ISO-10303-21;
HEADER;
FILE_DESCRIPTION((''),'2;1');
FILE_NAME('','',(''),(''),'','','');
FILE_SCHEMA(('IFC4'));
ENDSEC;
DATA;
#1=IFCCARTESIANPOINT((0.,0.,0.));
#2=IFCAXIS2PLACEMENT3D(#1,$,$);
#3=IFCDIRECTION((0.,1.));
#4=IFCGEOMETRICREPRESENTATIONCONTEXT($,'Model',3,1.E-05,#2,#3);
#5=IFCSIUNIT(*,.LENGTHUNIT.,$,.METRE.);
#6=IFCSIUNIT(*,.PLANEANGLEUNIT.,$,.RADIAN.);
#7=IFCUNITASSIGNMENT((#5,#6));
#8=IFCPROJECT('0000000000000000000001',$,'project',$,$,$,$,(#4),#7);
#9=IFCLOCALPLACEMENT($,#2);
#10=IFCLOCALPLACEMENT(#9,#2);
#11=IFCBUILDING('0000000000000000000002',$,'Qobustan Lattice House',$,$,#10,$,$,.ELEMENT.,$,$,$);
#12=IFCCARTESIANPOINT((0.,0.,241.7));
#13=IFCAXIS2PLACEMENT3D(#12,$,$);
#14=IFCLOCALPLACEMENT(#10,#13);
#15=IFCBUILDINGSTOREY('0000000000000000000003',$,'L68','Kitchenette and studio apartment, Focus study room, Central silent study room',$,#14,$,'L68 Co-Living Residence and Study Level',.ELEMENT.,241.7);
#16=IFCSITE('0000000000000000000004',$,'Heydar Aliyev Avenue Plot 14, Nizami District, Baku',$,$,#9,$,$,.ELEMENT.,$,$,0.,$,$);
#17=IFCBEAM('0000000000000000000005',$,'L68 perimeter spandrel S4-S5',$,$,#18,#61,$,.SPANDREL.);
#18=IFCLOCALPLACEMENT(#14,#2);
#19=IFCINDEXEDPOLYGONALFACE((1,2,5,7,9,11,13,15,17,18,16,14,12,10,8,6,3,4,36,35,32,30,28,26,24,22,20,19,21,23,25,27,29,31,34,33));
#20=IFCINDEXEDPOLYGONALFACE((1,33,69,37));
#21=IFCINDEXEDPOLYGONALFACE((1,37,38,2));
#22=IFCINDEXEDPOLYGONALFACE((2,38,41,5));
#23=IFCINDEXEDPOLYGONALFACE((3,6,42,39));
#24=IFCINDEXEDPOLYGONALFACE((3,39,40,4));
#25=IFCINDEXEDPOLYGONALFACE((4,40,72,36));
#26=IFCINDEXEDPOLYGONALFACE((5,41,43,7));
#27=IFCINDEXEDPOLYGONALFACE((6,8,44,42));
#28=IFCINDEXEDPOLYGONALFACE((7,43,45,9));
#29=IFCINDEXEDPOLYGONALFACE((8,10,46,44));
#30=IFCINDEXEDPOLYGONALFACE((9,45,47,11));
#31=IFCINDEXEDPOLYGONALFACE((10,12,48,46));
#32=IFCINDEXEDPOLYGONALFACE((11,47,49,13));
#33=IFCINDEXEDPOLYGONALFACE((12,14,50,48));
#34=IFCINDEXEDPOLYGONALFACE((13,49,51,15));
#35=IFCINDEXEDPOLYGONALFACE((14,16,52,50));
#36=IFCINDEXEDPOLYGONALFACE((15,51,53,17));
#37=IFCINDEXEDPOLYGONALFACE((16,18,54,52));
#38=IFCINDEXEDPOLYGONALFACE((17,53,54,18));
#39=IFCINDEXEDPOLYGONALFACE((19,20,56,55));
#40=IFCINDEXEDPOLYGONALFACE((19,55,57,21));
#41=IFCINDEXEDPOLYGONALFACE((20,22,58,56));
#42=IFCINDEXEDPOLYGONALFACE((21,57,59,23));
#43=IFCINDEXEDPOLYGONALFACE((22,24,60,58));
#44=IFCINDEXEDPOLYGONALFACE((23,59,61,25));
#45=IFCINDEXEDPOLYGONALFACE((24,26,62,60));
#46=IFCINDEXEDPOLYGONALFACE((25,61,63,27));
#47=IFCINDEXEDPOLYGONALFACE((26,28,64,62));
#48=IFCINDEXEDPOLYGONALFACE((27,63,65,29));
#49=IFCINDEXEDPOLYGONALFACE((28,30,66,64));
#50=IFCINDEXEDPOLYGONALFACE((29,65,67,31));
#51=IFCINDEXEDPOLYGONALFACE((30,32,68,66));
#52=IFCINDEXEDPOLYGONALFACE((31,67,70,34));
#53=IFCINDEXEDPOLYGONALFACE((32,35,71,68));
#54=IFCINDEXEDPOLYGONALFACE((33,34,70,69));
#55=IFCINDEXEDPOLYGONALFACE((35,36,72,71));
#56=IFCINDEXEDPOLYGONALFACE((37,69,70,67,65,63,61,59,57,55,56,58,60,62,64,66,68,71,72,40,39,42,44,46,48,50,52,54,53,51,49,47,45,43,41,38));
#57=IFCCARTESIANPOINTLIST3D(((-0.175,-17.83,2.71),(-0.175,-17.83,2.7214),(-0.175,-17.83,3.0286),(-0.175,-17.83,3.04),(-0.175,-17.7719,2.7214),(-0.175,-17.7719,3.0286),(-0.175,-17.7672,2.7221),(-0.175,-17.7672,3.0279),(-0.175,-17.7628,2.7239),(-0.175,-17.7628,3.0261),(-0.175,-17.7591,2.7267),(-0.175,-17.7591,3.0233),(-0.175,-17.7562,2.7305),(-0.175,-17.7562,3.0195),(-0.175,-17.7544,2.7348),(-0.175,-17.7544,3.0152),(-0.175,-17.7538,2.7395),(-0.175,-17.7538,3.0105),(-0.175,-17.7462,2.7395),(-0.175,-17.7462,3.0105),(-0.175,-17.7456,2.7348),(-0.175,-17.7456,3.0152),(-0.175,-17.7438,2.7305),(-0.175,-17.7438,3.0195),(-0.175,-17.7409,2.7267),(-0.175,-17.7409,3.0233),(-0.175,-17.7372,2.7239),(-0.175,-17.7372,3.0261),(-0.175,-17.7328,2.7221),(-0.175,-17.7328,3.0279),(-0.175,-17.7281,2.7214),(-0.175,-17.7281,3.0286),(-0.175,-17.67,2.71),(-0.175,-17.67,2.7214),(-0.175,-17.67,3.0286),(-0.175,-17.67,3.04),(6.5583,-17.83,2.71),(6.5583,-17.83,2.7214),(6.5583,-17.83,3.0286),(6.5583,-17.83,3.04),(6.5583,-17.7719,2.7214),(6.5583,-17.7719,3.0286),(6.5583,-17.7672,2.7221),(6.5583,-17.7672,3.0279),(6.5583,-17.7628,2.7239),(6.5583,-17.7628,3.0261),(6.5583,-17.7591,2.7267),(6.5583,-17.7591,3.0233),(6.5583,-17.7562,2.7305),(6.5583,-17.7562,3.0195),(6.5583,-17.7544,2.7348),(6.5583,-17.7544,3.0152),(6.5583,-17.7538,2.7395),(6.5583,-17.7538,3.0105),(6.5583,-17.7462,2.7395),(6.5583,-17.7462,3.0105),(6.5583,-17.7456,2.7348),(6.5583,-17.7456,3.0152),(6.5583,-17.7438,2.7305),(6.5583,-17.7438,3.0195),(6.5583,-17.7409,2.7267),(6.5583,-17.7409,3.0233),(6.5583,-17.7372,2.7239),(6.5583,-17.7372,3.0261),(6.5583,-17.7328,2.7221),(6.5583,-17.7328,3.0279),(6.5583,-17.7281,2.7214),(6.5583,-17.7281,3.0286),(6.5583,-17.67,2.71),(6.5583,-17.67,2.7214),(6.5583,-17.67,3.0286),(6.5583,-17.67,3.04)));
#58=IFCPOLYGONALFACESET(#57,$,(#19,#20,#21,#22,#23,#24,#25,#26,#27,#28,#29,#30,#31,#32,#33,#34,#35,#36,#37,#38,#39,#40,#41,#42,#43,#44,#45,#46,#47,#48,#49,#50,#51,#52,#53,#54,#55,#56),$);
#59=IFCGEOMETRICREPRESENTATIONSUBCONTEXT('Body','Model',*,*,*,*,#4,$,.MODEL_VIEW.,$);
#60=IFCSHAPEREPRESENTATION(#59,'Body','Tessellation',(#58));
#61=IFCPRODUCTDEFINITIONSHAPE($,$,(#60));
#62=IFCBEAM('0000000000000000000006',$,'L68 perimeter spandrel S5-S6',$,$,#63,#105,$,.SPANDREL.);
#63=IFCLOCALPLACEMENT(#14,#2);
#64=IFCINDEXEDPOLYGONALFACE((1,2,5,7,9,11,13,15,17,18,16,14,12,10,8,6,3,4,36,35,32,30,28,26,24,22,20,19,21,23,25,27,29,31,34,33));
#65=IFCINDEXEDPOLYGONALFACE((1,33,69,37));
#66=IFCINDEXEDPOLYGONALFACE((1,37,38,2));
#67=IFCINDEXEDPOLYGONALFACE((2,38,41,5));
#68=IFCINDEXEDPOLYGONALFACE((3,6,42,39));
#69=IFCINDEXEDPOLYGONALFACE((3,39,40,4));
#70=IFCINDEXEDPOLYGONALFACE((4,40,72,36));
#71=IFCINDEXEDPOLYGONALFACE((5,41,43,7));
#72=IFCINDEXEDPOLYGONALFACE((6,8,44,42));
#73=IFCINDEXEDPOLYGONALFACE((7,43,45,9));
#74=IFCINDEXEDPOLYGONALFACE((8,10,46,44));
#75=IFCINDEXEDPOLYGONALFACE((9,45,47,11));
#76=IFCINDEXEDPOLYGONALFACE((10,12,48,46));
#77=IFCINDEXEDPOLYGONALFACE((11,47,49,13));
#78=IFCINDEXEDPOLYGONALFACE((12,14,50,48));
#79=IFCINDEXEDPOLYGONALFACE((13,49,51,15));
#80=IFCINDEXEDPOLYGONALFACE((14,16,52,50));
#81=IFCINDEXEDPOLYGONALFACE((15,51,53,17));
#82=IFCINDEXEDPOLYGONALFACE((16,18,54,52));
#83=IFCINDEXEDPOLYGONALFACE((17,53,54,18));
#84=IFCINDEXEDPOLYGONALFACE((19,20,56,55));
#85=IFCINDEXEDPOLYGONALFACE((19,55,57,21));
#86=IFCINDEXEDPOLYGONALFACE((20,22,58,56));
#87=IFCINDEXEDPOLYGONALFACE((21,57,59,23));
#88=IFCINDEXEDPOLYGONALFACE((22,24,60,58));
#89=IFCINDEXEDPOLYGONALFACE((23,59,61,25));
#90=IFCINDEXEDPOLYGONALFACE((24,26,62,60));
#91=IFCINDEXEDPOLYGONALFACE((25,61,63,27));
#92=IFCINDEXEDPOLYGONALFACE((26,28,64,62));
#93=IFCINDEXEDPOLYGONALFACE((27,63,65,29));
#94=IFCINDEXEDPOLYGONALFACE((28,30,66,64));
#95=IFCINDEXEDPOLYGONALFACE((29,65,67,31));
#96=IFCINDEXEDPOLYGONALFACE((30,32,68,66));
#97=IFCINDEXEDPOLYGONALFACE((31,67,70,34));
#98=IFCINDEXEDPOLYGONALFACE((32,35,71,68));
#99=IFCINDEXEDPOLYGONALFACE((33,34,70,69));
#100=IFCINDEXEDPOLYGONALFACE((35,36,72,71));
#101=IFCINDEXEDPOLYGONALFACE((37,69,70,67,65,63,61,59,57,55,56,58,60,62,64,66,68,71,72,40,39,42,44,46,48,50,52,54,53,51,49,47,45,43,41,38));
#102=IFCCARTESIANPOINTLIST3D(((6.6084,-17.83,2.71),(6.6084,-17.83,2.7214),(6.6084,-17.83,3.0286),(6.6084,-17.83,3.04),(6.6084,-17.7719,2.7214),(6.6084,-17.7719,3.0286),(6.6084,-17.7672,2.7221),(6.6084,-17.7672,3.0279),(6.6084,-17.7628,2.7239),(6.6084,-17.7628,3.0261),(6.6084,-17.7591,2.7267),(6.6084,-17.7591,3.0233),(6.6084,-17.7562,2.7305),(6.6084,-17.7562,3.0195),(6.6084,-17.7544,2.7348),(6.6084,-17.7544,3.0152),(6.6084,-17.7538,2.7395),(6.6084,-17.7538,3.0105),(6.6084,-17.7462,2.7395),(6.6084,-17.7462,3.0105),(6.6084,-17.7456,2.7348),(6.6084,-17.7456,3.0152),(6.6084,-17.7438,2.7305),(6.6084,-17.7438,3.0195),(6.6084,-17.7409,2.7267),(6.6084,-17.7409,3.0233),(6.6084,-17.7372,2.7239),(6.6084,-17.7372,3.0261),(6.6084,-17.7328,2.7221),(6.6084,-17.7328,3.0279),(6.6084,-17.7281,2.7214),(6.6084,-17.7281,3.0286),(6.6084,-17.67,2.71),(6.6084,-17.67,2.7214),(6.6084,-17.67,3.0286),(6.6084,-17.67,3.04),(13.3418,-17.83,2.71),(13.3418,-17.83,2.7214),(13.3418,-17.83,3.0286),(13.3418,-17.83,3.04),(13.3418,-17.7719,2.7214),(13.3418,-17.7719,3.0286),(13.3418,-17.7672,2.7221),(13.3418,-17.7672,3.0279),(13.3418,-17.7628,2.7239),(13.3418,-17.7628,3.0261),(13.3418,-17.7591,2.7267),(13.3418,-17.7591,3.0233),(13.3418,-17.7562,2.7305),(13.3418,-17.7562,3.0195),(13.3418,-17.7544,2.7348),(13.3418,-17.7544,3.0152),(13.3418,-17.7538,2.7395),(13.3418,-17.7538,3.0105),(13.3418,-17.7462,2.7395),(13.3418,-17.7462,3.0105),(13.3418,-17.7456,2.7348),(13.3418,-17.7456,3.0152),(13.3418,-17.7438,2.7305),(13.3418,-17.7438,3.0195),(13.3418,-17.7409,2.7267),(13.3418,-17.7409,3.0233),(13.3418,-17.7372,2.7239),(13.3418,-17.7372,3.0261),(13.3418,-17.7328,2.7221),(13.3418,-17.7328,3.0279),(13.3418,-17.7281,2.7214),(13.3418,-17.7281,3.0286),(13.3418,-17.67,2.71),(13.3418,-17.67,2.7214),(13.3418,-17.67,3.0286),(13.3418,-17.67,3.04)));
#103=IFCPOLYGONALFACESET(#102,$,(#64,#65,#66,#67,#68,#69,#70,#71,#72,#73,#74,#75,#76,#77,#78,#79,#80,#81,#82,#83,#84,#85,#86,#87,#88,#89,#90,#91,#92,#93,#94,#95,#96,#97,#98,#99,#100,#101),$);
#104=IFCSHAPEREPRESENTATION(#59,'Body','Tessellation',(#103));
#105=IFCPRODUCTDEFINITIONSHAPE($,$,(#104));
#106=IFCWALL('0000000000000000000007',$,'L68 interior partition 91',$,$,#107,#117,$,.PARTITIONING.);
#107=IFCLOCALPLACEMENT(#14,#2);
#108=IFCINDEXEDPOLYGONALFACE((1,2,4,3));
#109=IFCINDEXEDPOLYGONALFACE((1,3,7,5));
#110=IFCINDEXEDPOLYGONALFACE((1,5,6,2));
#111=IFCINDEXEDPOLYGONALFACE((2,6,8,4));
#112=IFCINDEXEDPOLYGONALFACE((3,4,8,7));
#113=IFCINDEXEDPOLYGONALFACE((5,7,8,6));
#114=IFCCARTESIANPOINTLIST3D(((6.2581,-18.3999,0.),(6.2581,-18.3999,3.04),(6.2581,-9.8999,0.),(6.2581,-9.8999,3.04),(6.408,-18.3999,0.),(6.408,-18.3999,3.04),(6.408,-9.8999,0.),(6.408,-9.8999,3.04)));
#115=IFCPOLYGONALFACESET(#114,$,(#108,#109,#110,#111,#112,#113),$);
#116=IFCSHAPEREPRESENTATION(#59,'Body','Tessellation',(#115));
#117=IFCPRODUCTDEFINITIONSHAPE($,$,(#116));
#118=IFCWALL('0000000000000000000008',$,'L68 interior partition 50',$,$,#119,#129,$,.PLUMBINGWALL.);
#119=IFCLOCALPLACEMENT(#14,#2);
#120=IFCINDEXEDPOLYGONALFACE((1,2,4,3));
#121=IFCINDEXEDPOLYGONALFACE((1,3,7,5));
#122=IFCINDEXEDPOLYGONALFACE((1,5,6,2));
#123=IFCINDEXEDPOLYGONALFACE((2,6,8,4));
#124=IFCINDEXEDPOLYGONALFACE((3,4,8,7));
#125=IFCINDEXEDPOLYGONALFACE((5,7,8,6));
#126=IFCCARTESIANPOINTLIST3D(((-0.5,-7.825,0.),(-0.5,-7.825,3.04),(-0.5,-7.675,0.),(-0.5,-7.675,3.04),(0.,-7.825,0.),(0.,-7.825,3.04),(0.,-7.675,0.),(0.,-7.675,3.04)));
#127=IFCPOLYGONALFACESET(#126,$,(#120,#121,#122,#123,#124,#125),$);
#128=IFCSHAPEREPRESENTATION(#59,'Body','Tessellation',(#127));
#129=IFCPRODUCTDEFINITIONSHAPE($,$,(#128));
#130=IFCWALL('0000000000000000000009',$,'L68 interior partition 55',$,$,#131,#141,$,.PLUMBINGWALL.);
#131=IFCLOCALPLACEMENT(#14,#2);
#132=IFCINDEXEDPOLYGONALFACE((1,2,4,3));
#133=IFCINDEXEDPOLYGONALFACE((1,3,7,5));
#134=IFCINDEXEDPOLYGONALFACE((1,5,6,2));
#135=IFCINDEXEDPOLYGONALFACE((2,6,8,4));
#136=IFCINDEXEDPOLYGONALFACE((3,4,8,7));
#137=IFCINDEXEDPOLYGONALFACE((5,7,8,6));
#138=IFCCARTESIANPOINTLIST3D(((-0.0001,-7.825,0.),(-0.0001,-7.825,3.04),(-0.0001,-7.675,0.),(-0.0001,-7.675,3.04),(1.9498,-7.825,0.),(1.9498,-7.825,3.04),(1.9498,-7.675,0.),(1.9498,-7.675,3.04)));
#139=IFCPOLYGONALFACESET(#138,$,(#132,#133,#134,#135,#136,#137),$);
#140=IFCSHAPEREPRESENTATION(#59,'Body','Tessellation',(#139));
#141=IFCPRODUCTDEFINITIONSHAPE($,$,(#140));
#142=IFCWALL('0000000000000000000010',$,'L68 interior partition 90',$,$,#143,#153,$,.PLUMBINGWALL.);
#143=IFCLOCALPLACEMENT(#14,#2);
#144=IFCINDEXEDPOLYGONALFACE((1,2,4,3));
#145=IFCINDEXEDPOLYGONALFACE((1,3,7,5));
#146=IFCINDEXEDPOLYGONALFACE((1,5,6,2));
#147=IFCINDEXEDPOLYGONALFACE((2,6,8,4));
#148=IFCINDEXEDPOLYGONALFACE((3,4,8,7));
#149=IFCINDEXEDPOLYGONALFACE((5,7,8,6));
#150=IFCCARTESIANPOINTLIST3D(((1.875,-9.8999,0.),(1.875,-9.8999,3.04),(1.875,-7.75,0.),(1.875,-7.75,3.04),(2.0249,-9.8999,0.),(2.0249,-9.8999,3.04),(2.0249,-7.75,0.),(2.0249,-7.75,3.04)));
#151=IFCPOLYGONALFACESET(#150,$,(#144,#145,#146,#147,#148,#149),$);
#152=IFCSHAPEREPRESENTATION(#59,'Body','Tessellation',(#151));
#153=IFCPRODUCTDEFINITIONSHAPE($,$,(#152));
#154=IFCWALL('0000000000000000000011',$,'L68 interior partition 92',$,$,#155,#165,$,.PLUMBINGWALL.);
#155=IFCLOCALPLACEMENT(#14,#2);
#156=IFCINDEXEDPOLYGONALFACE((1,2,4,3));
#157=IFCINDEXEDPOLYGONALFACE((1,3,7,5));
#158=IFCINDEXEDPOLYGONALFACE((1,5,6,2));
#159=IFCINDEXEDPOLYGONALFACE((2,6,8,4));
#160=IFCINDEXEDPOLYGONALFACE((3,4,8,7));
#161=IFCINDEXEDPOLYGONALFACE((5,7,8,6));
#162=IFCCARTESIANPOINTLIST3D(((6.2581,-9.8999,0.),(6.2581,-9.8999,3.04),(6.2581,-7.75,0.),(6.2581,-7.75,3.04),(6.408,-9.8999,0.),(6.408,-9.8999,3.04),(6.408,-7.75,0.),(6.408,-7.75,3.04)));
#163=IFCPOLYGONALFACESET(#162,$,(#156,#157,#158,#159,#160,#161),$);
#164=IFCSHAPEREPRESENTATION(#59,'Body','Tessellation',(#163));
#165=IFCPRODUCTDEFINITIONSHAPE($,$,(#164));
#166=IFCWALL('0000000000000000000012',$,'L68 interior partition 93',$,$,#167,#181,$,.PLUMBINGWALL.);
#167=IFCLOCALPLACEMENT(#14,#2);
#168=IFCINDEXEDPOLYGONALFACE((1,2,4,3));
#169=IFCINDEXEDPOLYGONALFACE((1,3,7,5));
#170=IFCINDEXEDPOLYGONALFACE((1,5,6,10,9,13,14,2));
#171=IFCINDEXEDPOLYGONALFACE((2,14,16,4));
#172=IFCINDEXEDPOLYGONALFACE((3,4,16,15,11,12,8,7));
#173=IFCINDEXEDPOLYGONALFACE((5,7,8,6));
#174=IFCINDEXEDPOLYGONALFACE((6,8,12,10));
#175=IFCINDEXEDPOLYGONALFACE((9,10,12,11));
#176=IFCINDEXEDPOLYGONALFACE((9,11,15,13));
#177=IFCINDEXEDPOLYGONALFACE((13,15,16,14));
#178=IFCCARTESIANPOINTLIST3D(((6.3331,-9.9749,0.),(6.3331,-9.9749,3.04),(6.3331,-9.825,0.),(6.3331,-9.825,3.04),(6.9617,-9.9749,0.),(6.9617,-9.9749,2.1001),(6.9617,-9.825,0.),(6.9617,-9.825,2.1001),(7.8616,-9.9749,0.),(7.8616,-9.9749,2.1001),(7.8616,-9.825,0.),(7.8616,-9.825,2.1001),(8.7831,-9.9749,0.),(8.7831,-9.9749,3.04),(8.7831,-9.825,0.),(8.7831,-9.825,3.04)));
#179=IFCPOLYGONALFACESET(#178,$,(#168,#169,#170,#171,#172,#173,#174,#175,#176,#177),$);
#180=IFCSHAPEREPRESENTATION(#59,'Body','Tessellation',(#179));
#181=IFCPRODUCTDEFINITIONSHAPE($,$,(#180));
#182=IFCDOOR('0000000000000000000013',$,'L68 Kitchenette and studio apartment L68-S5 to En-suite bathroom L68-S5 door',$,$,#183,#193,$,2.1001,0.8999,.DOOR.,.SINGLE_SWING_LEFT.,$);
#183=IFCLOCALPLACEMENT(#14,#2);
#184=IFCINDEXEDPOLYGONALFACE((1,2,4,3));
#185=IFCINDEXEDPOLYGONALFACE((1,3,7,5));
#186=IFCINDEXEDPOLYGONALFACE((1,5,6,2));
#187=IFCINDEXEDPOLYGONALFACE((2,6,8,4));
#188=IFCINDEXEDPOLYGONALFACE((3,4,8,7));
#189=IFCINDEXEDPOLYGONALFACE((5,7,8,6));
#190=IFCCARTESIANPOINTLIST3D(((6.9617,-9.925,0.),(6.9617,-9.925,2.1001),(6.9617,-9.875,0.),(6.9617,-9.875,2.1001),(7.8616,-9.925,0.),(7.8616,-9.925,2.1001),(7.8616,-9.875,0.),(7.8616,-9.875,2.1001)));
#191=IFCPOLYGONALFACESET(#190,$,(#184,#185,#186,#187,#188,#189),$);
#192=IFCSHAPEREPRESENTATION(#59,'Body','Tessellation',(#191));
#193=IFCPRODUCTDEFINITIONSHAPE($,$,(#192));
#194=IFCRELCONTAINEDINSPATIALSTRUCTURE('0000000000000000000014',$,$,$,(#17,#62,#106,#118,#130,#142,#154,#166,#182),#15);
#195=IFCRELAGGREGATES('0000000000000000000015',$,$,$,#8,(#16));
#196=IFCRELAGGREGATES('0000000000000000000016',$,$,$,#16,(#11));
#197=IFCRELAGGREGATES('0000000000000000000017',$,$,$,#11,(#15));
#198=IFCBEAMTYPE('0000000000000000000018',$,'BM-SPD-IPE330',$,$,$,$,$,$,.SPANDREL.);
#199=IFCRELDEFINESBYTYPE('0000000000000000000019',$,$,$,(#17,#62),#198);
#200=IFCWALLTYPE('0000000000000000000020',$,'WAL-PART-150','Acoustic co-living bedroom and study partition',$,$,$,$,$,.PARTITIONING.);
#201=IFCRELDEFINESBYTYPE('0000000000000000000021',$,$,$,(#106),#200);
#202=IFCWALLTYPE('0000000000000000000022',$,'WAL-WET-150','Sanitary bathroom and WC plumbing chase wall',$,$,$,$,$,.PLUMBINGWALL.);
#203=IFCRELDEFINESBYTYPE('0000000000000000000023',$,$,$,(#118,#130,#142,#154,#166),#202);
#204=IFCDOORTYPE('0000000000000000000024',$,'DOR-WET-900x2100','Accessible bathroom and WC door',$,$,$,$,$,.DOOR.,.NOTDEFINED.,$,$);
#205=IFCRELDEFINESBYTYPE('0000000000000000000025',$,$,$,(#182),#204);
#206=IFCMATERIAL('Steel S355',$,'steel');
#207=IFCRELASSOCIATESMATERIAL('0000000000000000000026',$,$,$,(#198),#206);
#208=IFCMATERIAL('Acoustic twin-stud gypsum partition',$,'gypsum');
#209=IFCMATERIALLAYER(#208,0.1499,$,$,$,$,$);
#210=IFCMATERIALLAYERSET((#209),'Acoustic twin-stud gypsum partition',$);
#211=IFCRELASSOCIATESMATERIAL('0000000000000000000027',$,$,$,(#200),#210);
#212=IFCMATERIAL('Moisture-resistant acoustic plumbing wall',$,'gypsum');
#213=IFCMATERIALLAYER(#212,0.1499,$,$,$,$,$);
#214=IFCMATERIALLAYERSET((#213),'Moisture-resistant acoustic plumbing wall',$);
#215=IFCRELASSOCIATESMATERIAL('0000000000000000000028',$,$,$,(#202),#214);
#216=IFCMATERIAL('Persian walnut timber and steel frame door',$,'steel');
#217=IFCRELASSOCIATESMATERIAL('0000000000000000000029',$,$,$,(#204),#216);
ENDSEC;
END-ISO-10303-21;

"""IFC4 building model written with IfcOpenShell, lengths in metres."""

from ifc_helpers import new_model, si_unit, direction, frame, frame_2d, origin, origin_2d, place, context, subcontext, project, spatial, rectangle, i_section, extrude, material, layer, layer_set, material_profile, profile_set, type_object, element, fill, save


model = new_model("IFC4")

# Units and contexts
model_context = context("Model", 3, precision=1e-05, world=origin(), true_north=direction((0.0, 1.0)))
body_context = subcontext(model_context, "Body", "Model", "MODEL_VIEW")
ifc_project = project(units=[si_unit("LENGTHUNIT", "METRE"), si_unit("PLANEANGLEUNIT", "RADIAN")], contexts=[model_context])

# Site, building, storey
site_placement = place(None, origin())
site = spatial("IfcSite", under=ifc_project, at=site_placement, Name="Heydar Aliyev Avenue Plot 14, Nizami District, Baku", CompositionType="ELEMENT", RefElevation=0.0)
building_placement = place(site_placement, origin())
building = spatial("IfcBuilding", under=site, at=building_placement, Name="Qobustan Lattice House", CompositionType="ELEMENT")
storey_placement = place(building_placement, frame((0.0, 0.0, 241.7)))
storey = spatial("IfcBuildingStorey", under=building, at=storey_placement, Name="L68", Description="Kitchenette and studio apartment, Focus study room, Central silent study room", LongName="L68 Co-Living Residence and Study Level", CompositionType="ELEMENT", Elevation=241.7)

# Beams
ifc_material_1 = material(Name="Steel S355", Category="steel")
ifc_material_profile_1 = material_profile(ifc_material_1, i_section(OverallWidth=0.1599, OverallDepth=0.3301, WebThickness=0.0076, FlangeThickness=0.0115, FilletRadius=0.0181, at=origin_2d()), Name="IPE330")
ifc_profile_set_1 = profile_set([ifc_material_profile_1], Name="Steel S355")
beam_type_1 = type_object("IfcBeamType", Name="BM-SPD-IPE330", PredefinedType="SPANDREL", material=ifc_profile_set_1)
for number, where, z_axis, x_axis, name in (
    (1, (-0.175, -17.75, 2.875), (1.0, 0.0, 0.0), (0.0, 1.0, 0.0), "L68 perimeter spandrel S4-S5"),
    (2, (6.6084, -17.75, 2.875), (1.0, 0.0, 0.0), (0.0, 1.0, 0.0), "L68 perimeter spandrel S5-S6"),
):
    element("IfcBeam", number, at=place(storey_placement, frame(where, z_axis=z_axis, x_axis=x_axis)), inside=storey, type_object=beam_type_1, Name=name, PredefinedType="SPANDREL", context=body_context, shape_type="SweptSolid", body=[
        extrude(i_section(OverallWidth=0.1599, OverallDepth=0.3301, WebThickness=0.0076, FlangeThickness=0.0115, FilletRadius=0.0181, at=origin_2d()), origin(), (0.0, 0.0, 1.0), 6.7334),
    ])

# Walls
ifc_material_2 = material(Name="Acoustic twin-stud gypsum partition", Category="gypsum")
ifc_layer_1 = layer(ifc_material_2, 0.1499)
ifc_layer_set_1 = layer_set([ifc_layer_1], Name="Acoustic twin-stud gypsum partition")
wall_type_1 = type_object("IfcWallType", Name="WAL-PART-150", Description="Acoustic co-living bedroom and study partition", PredefinedType="PARTITIONING", material=ifc_layer_set_1)
wall_1_placement = place(storey_placement, frame((6.333, -9.8999, 0.0), z_axis=(0.0, 0.0, 1.0), x_axis=(0.0, -1.0, 0.0)))
element("IfcWall", 3, at=wall_1_placement, inside=storey, type_object=wall_type_1, Name="L68 interior partition 91", PredefinedType="PARTITIONING", context=body_context, shape_type="SweptSolid", body=[
    extrude(rectangle(XDim=8.5, YDim=0.1499, at=frame_2d((4.25, 0.0))), origin(), (0.0, 0.0, 1.0), 3.04),
])
ifc_material_3 = material(Name="Moisture-resistant acoustic plumbing wall", Category="gypsum")
ifc_layer_2 = layer(ifc_material_3, 0.1499)
ifc_layer_set_2 = layer_set([ifc_layer_2], Name="Moisture-resistant acoustic plumbing wall")
wall_type_2 = type_object("IfcWallType", Name="WAL-WET-150", Description="Sanitary bathroom and WC plumbing chase wall", PredefinedType="PLUMBINGWALL", material=ifc_layer_set_2)
wall_2_placement = place(storey_placement, frame((0.0, -7.75, 0.0), z_axis=(0.0, 0.0, 1.0), x_axis=(-1.0, 0.0, 0.0)))
element("IfcWall", 4, at=wall_2_placement, inside=storey, type_object=wall_type_2, Name="L68 interior partition 50", PredefinedType="PLUMBINGWALL", context=body_context, shape_type="SweptSolid", body=[
    extrude(rectangle(XDim=0.5, YDim=0.1499, at=frame_2d((0.25, 0.0))), origin(), (0.0, 0.0, 1.0), 3.04),
])
wall_3_placement = place(storey_placement, frame((1.95, -7.75, 0.0), z_axis=(0.0, 0.0, 1.0), x_axis=(-1.0, 0.0, 0.0)))
element("IfcWall", 5, at=wall_3_placement, inside=storey, type_object=wall_type_2, Name="L68 interior partition 55", PredefinedType="PLUMBINGWALL", context=body_context, shape_type="SweptSolid", body=[
    extrude(rectangle(XDim=1.95, YDim=0.1499, at=frame_2d((0.9751, 0.0))), origin(), (0.0, 0.0, 1.0), 3.04),
])
for number, where, z_axis, x_axis, name in (
    (6, (1.95, -9.8999, 0.0), (0.0, 0.0, 1.0), (0.0, 1.0, 0.0), "L68 interior partition 90"),
    (7, (6.333, -7.75, 0.0), (0.0, 0.0, 1.0), (0.0, -1.0, 0.0), "L68 interior partition 92"),
):
    element("IfcWall", number, at=place(storey_placement, frame(where, z_axis=z_axis, x_axis=x_axis)), inside=storey, type_object=wall_type_2, Name=name, PredefinedType="PLUMBINGWALL", context=body_context, shape_type="SweptSolid", body=[
        extrude(rectangle(XDim=2.1499, YDim=0.1499, at=frame_2d((1.075, 0.0))), origin(), (0.0, 0.0, 1.0), 3.04),
    ])

# Wall, opening, door
wall_4_placement = place(storey_placement, frame((6.333, -9.8999, 0.0), z_axis=(0.0, 0.0, 1.0), x_axis=(1.0, 0.0, 0.0)))
wall_4 = element("IfcWall", 8, at=wall_4_placement, inside=storey, type_object=wall_type_2, Name="L68 interior partition 93", PredefinedType="PLUMBINGWALL", context=body_context, shape_type="SweptSolid", body=[
    extrude(rectangle(XDim=2.45, YDim=0.1499, at=frame_2d((1.2251, 0.0))), origin(), (0.0, 0.0, 1.0), 3.04),
])
opening_1_placement = place(wall_4_placement, frame((0.6287, 0.0, 0.0)))
opening_1 = element("IfcOpeningElement", 9, at=opening_1_placement, cuts=wall_4, PredefinedType="OPENING", context=body_context, shape_type="SweptSolid", body=[
    extrude(rectangle(XDim=0.8999, YDim=2.1001, at=frame_2d((0.45, 1.05))), frame((0.0, 0.085, 0.0), z_axis=(0.0, -1.0, 0.0), x_axis=(1.0, 0.0, 0.0)), (0.0, 0.0, 1.0), 0.1699),
])
ifc_material_4 = material(Name="Persian walnut timber and steel frame door", Category="steel")
door_type_1 = type_object("IfcDoorType", Name="DOR-WET-900x2100", Description="Accessible bathroom and WC door", OperationType="NOTDEFINED", PredefinedType="DOOR", material=ifc_material_4)
door_1_placement = place(opening_1_placement, origin())
door_1 = element("IfcDoor", 10, at=door_1_placement, inside=storey, type_object=door_type_1, Name="L68 Kitchenette and studio apartment L68-S5 to En-suite bathroom L68-S5 door", OperationType="SINGLE_SWING_LEFT", OverallHeight=2.1001, OverallWidth=0.8999, PredefinedType="DOOR", context=body_context, shape_type="SweptSolid", body=[
    extrude(rectangle(XDim=0.8999, YDim=2.1001, at=frame_2d((0.45, 1.05))), frame((0.0, 0.0249, 0.0), z_axis=(0.0, -1.0, 0.0), x_axis=(1.0, 0.0, 0.0)), (0.0, 0.0, 1.0), 0.05),
])
fill(opening_1, door_1)

save(model, "model.ifc")
